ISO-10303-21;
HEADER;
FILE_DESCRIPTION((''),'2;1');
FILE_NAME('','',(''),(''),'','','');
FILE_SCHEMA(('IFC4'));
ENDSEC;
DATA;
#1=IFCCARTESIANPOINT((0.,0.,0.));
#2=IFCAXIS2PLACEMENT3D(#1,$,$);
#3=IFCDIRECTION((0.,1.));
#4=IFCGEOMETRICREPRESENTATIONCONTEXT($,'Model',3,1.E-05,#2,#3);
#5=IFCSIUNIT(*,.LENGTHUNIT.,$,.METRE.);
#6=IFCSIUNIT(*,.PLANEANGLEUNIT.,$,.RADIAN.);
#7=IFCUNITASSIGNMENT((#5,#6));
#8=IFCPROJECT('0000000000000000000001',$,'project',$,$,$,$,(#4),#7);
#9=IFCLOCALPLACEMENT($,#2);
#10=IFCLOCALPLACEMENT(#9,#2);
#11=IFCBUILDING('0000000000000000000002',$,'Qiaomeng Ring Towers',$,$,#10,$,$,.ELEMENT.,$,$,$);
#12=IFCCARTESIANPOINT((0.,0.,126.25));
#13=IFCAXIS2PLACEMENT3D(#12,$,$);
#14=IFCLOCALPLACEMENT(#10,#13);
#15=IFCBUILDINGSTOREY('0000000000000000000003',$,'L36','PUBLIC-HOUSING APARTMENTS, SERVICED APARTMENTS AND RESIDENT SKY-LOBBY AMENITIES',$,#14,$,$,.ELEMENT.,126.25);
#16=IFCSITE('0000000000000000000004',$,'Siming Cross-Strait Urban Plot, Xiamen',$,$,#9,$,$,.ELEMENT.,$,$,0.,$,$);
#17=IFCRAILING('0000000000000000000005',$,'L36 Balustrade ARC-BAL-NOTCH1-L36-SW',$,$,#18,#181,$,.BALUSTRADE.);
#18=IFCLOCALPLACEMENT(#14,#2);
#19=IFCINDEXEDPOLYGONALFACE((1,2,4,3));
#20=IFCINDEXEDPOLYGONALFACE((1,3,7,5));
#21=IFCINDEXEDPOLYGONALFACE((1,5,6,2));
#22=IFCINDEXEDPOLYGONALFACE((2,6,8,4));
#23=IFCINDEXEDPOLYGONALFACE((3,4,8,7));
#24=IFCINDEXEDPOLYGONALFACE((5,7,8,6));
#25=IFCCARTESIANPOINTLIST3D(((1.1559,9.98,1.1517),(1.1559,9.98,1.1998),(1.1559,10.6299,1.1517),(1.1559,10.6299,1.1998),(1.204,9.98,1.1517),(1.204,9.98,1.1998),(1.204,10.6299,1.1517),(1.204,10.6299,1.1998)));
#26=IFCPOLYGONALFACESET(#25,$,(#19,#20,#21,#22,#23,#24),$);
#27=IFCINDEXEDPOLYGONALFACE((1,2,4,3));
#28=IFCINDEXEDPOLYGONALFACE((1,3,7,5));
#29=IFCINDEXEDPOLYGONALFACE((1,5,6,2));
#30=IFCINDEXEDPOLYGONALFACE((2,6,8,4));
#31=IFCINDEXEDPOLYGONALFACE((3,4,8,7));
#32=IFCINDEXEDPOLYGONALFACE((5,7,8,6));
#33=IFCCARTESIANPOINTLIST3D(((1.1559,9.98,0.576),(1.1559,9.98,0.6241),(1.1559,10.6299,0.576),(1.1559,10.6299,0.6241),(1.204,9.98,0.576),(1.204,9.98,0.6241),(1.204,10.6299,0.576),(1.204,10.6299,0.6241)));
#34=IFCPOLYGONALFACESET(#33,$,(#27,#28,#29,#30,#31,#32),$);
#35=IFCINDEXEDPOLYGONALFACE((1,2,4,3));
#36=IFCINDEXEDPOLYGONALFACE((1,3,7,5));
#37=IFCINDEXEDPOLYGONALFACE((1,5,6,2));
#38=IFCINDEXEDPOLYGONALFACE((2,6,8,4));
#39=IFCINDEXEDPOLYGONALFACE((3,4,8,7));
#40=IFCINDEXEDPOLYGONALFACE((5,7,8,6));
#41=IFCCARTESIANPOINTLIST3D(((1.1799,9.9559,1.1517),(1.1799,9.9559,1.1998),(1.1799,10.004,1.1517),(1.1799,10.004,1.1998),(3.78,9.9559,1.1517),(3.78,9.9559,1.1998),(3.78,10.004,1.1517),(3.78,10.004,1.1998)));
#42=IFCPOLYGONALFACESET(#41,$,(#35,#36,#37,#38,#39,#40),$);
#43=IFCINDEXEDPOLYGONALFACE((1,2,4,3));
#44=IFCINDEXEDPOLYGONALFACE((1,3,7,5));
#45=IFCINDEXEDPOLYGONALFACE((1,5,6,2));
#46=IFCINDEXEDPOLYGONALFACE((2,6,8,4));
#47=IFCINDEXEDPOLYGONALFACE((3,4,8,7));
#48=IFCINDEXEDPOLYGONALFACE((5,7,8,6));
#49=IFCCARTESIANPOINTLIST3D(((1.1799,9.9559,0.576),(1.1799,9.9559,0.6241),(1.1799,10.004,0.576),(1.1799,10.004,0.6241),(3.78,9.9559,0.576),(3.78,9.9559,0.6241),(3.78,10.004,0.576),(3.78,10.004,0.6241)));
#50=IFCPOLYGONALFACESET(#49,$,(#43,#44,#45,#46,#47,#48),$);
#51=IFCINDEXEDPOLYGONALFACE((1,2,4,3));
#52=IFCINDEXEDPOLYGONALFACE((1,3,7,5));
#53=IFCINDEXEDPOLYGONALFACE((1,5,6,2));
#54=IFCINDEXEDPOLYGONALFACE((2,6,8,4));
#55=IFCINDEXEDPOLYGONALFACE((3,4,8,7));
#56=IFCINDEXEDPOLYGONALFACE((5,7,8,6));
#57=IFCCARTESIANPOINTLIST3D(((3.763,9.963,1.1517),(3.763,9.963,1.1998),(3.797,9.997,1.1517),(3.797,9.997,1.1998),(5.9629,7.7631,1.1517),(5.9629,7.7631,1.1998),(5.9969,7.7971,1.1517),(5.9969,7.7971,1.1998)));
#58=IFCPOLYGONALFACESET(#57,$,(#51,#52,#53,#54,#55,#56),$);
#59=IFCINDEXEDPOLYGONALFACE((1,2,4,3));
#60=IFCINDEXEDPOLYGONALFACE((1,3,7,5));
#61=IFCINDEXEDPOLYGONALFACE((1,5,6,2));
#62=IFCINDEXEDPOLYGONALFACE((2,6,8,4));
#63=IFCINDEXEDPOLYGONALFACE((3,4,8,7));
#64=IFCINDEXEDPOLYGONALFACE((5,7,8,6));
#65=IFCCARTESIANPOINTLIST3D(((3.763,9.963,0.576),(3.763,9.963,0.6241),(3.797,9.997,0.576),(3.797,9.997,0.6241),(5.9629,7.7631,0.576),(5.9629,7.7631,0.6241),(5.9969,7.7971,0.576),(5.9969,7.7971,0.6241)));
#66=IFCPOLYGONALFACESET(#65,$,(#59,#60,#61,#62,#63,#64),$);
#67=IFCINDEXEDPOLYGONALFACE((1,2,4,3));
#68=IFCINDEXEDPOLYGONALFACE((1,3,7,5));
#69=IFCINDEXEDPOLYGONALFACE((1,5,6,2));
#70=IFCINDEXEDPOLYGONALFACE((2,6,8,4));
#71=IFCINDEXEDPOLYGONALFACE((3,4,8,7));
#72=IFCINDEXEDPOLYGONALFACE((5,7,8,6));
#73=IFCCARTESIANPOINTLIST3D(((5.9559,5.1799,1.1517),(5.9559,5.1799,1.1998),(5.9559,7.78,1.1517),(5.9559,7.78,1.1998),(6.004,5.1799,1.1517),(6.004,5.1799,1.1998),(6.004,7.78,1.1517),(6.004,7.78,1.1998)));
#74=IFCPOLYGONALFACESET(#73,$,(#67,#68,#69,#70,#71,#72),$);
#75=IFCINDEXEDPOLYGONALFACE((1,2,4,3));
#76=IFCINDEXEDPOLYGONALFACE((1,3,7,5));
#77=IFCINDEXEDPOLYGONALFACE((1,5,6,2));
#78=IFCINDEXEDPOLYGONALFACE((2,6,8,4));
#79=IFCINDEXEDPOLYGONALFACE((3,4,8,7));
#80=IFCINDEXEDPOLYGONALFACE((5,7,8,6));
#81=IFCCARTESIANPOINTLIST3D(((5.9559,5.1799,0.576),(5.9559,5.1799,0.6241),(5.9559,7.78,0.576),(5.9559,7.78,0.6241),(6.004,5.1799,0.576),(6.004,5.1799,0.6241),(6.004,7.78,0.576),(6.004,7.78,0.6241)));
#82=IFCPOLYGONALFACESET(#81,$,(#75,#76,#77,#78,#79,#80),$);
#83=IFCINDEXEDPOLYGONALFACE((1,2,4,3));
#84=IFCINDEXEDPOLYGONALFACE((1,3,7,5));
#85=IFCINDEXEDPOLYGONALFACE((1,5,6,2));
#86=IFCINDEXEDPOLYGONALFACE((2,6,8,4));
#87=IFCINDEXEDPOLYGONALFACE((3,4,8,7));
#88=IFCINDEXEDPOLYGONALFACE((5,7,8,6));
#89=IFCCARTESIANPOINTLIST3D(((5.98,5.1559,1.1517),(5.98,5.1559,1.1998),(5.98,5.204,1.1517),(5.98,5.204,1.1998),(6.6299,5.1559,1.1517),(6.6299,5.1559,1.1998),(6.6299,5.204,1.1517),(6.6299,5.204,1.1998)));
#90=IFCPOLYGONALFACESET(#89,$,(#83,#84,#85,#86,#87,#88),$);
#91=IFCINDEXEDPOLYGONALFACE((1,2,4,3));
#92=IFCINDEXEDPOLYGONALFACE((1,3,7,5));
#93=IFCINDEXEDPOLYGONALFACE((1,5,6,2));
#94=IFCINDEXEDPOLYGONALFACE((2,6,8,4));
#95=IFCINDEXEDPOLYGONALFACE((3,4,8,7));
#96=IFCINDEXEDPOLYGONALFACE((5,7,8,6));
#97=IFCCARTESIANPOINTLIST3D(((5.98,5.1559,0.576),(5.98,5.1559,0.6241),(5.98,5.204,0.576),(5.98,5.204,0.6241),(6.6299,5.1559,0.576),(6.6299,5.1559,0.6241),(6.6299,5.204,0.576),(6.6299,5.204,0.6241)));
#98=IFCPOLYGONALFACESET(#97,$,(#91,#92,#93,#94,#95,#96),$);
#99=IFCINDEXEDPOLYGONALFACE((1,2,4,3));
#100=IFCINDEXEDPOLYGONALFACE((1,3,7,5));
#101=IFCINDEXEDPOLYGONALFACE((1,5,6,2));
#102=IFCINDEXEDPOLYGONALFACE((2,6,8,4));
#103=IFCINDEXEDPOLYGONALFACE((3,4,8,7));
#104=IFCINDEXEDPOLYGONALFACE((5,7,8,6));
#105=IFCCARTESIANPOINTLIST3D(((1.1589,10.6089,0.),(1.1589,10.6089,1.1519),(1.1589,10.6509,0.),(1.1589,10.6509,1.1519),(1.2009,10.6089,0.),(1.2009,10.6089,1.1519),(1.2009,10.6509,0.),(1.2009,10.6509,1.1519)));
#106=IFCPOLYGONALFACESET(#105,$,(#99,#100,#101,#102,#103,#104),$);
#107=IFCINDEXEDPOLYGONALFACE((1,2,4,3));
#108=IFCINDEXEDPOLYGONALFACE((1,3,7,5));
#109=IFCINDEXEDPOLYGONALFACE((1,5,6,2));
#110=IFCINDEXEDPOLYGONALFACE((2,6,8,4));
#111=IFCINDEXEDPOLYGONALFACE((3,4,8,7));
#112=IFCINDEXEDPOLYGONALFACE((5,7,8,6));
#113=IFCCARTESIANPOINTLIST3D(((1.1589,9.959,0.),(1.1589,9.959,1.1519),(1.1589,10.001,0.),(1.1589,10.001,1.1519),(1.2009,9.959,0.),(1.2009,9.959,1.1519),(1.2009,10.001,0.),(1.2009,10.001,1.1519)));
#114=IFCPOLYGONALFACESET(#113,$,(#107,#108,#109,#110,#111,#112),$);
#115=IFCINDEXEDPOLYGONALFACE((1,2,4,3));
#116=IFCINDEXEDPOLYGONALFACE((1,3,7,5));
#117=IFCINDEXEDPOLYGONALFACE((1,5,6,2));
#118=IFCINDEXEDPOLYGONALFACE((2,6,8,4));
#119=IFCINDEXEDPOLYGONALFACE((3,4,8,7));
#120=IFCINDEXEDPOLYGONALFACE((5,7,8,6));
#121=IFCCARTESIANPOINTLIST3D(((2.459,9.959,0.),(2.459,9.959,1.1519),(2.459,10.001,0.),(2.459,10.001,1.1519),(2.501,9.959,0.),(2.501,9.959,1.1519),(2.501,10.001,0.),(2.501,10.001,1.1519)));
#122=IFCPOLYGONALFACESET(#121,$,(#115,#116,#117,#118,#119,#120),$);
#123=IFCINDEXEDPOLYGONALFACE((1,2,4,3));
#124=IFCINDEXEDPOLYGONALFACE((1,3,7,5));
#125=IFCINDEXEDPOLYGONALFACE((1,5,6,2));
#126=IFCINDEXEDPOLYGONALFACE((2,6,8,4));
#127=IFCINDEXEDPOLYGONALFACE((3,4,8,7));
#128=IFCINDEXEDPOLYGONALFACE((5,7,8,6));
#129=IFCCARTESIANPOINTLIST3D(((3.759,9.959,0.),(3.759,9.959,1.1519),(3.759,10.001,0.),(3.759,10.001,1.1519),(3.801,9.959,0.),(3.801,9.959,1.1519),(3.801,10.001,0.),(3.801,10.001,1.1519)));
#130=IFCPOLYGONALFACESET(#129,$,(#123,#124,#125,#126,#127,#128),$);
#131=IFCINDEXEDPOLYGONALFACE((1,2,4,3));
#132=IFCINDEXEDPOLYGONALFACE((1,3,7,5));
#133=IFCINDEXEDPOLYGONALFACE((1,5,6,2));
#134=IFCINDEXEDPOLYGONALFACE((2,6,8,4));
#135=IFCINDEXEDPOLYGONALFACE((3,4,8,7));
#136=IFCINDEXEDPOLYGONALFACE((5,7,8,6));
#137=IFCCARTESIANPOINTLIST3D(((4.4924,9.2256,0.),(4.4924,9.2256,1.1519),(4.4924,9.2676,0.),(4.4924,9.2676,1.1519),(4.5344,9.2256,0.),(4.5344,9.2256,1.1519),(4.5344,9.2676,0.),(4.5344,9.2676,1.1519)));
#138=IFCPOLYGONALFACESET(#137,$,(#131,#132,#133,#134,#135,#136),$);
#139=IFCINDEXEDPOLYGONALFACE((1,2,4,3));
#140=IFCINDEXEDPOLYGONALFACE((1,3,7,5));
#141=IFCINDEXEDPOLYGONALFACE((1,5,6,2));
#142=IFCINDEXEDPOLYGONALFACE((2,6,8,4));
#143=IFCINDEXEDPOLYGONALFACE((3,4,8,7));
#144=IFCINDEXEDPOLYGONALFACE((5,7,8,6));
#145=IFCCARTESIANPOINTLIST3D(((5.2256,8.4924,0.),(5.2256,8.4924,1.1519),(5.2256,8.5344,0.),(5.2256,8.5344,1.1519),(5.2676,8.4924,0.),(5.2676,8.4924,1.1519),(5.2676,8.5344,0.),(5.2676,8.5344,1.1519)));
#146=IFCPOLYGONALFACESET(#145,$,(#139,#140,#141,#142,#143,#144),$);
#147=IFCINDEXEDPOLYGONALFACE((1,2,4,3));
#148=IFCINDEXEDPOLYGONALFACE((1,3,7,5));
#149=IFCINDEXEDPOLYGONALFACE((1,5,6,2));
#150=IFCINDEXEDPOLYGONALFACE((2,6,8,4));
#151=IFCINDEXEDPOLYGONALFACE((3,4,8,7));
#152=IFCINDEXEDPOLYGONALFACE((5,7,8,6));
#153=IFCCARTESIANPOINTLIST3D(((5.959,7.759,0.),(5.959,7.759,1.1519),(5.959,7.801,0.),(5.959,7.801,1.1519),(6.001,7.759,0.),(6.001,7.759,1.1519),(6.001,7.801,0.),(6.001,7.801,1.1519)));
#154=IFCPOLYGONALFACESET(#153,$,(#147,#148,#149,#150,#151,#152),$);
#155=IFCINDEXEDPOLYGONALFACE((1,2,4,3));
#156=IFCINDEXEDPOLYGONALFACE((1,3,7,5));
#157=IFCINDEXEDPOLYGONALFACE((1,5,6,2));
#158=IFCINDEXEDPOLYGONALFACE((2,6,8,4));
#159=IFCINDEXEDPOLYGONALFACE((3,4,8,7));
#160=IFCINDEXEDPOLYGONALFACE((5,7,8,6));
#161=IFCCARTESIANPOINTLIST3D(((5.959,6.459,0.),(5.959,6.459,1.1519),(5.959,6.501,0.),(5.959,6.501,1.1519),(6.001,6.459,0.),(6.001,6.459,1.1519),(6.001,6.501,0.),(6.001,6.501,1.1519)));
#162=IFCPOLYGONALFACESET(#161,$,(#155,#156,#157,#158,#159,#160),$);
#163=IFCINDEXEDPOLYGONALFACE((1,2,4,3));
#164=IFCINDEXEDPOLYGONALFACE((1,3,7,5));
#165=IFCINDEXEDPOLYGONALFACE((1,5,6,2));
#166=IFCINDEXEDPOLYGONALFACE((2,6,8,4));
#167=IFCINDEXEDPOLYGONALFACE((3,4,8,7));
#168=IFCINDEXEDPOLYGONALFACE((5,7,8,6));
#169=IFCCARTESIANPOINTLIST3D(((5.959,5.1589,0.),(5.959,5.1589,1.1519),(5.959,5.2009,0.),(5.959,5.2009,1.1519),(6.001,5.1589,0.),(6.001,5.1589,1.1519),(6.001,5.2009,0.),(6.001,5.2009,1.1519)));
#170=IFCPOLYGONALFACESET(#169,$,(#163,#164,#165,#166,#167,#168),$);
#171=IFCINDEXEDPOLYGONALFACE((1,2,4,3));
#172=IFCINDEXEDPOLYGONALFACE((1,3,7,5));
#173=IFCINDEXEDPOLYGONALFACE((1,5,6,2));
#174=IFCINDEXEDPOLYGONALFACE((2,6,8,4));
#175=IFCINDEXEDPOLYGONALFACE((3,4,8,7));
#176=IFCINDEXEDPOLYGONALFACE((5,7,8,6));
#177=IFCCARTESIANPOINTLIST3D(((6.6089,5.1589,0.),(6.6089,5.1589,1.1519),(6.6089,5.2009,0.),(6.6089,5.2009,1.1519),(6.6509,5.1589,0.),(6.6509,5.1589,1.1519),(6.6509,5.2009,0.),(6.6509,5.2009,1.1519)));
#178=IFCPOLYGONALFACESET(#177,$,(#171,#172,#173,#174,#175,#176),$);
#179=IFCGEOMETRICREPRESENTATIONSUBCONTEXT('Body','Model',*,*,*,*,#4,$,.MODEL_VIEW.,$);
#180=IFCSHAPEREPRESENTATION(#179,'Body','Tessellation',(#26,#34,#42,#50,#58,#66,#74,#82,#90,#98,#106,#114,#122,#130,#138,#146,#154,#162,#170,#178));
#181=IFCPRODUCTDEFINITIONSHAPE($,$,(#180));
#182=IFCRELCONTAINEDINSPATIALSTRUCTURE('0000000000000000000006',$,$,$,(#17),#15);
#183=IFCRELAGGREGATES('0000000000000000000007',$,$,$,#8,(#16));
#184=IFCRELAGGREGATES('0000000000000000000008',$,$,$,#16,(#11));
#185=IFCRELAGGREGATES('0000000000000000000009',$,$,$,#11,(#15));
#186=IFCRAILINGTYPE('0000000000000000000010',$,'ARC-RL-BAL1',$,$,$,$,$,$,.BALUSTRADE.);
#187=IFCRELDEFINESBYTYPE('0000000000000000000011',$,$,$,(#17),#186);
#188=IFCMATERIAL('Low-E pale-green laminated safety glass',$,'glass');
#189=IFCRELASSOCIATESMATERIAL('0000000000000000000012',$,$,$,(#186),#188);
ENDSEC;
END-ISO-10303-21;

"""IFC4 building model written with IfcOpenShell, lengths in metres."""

from ifc_helpers import new_model, si_unit, direction, frame, origin, origin_2d, place, context, subcontext, project, spatial, rectangle, extrude, material, type_object, element, save


model = new_model("IFC4")

# Units and contexts
model_context = context("Model", 3, precision=1e-05, world=origin(), true_north=direction((0.0, 1.0)))
body_context = subcontext(model_context, "Body", "Model", "MODEL_VIEW")
ifc_project = project(units=[si_unit("LENGTHUNIT", "METRE"), si_unit("PLANEANGLEUNIT", "RADIAN")], contexts=[model_context])

# Site, building, storey
site_placement = place(None, origin())
site = spatial("IfcSite", under=ifc_project, at=site_placement, Name="Siming Cross-Strait Urban Plot, Xiamen", CompositionType="ELEMENT", RefElevation=0.0)
building_placement = place(site_placement, origin())
building = spatial("IfcBuilding", under=site, at=building_placement, Name="Qiaomeng Ring Towers", CompositionType="ELEMENT")
storey_placement = place(building_placement, frame((0.0, 0.0, 126.25)))
storey = spatial("IfcBuildingStorey", under=building, at=storey_placement, Name="L36", Description="PUBLIC-HOUSING APARTMENTS, SERVICED APARTMENTS AND RESIDENT SKY-LOBBY AMENITIES", CompositionType="ELEMENT", Elevation=126.25)

# Railing
ifc_material_1 = material(Name="Low-E pale-green laminated safety glass", Category="glass")
railing_type = type_object("IfcRailingType", Name="ARC-RL-BAL1", PredefinedType="BALUSTRADE", material=ifc_material_1)
railing_1_placement = place(storey_placement, frame((1.1799, 10.6299, 0.0)))
element("IfcRailing", 1, at=railing_1_placement, inside=storey, type_object=railing_type, Name="L36 Balustrade ARC-BAL-NOTCH1-L36-SW", PredefinedType="BALUSTRADE", context=body_context, shape_type="SweptSolid", body=[
    extrude(rectangle(XDim=0.0481, YDim=0.0481, at=origin_2d()), frame((0.0, 0.0, 1.1758), z_axis=(0.0, -1.0, 0.0), x_axis=(1.0, 0.0, 0.0)), (0.0, 0.0, 1.0), 0.6499),
    extrude(rectangle(XDim=0.0481, YDim=0.0481, at=origin_2d()), frame((0.0, 0.0, 0.6001), z_axis=(0.0, -1.0, 0.0), x_axis=(1.0, 0.0, 0.0)), (0.0, 0.0, 1.0), 0.6499),
    extrude(rectangle(XDim=0.0481, YDim=0.0481, at=origin_2d()), frame((0.0, -0.6499, 1.1758), z_axis=(1.0, 0.0, 0.0), x_axis=(0.0, 1.0, 0.0)), (0.0, 0.0, 1.0), 2.6001),
    extrude(rectangle(XDim=0.0481, YDim=0.0481, at=origin_2d()), frame((0.0, -0.6499, 0.6001), z_axis=(1.0, 0.0, 0.0), x_axis=(0.0, 1.0, 0.0)), (0.0, 0.0, 1.0), 2.6001),
    extrude(rectangle(XDim=0.0481, YDim=0.0481, at=origin_2d()), frame((2.6001, -0.6499, 1.1758), z_axis=(0.707107, -0.707107, 0.0), x_axis=(0.707107, 0.707107, 0.0)), (0.0, 0.0, 1.0), 3.1111),
    extrude(rectangle(XDim=0.0481, YDim=0.0481, at=origin_2d()), frame((2.6001, -0.6499, 0.6001), z_axis=(0.707107, -0.707107, 0.0), x_axis=(0.707107, 0.707107, 0.0)), (0.0, 0.0, 1.0), 3.1111),
    extrude(rectangle(XDim=0.0481, YDim=0.0481, at=origin_2d()), frame((4.8, -2.8499, 1.1758), z_axis=(0.0, -1.0, 0.0), x_axis=(1.0, 0.0, 0.0)), (0.0, 0.0, 1.0), 2.6001),
    extrude(rectangle(XDim=0.0481, YDim=0.0481, at=origin_2d()), frame((4.8, -2.8499, 0.6001), z_axis=(0.0, -1.0, 0.0), x_axis=(1.0, 0.0, 0.0)), (0.0, 0.0, 1.0), 2.6001),
    extrude(rectangle(XDim=0.0481, YDim=0.0481, at=origin_2d()), frame((4.8, -5.45, 1.1758), z_axis=(1.0, 0.0, 0.0), x_axis=(0.0, 1.0, 0.0)), (0.0, 0.0, 1.0), 0.6499),
    extrude(rectangle(XDim=0.0481, YDim=0.0481, at=origin_2d()), frame((4.8, -5.45, 0.6001), z_axis=(1.0, 0.0, 0.0), x_axis=(0.0, 1.0, 0.0)), (0.0, 0.0, 1.0), 0.6499),
    extrude(rectangle(XDim=0.042, YDim=0.042, at=origin_2d()), origin(), (0.0, 0.0, 1.0), 1.1519),
    extrude(rectangle(XDim=0.042, YDim=0.042, at=origin_2d()), frame((0.0, -0.6499, 0.0)), (0.0, 0.0, 1.0), 1.1519),
    extrude(rectangle(XDim=0.042, YDim=0.042, at=origin_2d()), frame((1.3, -0.6499, 0.0)), (0.0, 0.0, 1.0), 1.1519),
    extrude(rectangle(XDim=0.042, YDim=0.042, at=origin_2d()), frame((2.6001, -0.6499, 0.0)), (0.0, 0.0, 1.0), 1.1519),
    extrude(rectangle(XDim=0.042, YDim=0.042, at=origin_2d()), frame((3.3335, -1.3833, 0.0)), (0.0, 0.0, 1.0), 1.1519),
    extrude(rectangle(XDim=0.042, YDim=0.042, at=origin_2d()), frame((4.0667, -2.1165, 0.0)), (0.0, 0.0, 1.0), 1.1519),
    extrude(rectangle(XDim=0.042, YDim=0.042, at=origin_2d()), frame((4.8, -2.8499, 0.0)), (0.0, 0.0, 1.0), 1.1519),
    extrude(rectangle(XDim=0.042, YDim=0.042, at=origin_2d()), frame((4.8, -4.1499, 0.0)), (0.0, 0.0, 1.0), 1.1519),
    extrude(rectangle(XDim=0.042, YDim=0.042, at=origin_2d()), frame((4.8, -5.45, 0.0)), (0.0, 0.0, 1.0), 1.1519),
    extrude(rectangle(XDim=0.042, YDim=0.042, at=origin_2d()), frame((5.45, -5.45, 0.0)), (0.0, 0.0, 1.0), 1.1519),
])

save(model, "model.ifc")
